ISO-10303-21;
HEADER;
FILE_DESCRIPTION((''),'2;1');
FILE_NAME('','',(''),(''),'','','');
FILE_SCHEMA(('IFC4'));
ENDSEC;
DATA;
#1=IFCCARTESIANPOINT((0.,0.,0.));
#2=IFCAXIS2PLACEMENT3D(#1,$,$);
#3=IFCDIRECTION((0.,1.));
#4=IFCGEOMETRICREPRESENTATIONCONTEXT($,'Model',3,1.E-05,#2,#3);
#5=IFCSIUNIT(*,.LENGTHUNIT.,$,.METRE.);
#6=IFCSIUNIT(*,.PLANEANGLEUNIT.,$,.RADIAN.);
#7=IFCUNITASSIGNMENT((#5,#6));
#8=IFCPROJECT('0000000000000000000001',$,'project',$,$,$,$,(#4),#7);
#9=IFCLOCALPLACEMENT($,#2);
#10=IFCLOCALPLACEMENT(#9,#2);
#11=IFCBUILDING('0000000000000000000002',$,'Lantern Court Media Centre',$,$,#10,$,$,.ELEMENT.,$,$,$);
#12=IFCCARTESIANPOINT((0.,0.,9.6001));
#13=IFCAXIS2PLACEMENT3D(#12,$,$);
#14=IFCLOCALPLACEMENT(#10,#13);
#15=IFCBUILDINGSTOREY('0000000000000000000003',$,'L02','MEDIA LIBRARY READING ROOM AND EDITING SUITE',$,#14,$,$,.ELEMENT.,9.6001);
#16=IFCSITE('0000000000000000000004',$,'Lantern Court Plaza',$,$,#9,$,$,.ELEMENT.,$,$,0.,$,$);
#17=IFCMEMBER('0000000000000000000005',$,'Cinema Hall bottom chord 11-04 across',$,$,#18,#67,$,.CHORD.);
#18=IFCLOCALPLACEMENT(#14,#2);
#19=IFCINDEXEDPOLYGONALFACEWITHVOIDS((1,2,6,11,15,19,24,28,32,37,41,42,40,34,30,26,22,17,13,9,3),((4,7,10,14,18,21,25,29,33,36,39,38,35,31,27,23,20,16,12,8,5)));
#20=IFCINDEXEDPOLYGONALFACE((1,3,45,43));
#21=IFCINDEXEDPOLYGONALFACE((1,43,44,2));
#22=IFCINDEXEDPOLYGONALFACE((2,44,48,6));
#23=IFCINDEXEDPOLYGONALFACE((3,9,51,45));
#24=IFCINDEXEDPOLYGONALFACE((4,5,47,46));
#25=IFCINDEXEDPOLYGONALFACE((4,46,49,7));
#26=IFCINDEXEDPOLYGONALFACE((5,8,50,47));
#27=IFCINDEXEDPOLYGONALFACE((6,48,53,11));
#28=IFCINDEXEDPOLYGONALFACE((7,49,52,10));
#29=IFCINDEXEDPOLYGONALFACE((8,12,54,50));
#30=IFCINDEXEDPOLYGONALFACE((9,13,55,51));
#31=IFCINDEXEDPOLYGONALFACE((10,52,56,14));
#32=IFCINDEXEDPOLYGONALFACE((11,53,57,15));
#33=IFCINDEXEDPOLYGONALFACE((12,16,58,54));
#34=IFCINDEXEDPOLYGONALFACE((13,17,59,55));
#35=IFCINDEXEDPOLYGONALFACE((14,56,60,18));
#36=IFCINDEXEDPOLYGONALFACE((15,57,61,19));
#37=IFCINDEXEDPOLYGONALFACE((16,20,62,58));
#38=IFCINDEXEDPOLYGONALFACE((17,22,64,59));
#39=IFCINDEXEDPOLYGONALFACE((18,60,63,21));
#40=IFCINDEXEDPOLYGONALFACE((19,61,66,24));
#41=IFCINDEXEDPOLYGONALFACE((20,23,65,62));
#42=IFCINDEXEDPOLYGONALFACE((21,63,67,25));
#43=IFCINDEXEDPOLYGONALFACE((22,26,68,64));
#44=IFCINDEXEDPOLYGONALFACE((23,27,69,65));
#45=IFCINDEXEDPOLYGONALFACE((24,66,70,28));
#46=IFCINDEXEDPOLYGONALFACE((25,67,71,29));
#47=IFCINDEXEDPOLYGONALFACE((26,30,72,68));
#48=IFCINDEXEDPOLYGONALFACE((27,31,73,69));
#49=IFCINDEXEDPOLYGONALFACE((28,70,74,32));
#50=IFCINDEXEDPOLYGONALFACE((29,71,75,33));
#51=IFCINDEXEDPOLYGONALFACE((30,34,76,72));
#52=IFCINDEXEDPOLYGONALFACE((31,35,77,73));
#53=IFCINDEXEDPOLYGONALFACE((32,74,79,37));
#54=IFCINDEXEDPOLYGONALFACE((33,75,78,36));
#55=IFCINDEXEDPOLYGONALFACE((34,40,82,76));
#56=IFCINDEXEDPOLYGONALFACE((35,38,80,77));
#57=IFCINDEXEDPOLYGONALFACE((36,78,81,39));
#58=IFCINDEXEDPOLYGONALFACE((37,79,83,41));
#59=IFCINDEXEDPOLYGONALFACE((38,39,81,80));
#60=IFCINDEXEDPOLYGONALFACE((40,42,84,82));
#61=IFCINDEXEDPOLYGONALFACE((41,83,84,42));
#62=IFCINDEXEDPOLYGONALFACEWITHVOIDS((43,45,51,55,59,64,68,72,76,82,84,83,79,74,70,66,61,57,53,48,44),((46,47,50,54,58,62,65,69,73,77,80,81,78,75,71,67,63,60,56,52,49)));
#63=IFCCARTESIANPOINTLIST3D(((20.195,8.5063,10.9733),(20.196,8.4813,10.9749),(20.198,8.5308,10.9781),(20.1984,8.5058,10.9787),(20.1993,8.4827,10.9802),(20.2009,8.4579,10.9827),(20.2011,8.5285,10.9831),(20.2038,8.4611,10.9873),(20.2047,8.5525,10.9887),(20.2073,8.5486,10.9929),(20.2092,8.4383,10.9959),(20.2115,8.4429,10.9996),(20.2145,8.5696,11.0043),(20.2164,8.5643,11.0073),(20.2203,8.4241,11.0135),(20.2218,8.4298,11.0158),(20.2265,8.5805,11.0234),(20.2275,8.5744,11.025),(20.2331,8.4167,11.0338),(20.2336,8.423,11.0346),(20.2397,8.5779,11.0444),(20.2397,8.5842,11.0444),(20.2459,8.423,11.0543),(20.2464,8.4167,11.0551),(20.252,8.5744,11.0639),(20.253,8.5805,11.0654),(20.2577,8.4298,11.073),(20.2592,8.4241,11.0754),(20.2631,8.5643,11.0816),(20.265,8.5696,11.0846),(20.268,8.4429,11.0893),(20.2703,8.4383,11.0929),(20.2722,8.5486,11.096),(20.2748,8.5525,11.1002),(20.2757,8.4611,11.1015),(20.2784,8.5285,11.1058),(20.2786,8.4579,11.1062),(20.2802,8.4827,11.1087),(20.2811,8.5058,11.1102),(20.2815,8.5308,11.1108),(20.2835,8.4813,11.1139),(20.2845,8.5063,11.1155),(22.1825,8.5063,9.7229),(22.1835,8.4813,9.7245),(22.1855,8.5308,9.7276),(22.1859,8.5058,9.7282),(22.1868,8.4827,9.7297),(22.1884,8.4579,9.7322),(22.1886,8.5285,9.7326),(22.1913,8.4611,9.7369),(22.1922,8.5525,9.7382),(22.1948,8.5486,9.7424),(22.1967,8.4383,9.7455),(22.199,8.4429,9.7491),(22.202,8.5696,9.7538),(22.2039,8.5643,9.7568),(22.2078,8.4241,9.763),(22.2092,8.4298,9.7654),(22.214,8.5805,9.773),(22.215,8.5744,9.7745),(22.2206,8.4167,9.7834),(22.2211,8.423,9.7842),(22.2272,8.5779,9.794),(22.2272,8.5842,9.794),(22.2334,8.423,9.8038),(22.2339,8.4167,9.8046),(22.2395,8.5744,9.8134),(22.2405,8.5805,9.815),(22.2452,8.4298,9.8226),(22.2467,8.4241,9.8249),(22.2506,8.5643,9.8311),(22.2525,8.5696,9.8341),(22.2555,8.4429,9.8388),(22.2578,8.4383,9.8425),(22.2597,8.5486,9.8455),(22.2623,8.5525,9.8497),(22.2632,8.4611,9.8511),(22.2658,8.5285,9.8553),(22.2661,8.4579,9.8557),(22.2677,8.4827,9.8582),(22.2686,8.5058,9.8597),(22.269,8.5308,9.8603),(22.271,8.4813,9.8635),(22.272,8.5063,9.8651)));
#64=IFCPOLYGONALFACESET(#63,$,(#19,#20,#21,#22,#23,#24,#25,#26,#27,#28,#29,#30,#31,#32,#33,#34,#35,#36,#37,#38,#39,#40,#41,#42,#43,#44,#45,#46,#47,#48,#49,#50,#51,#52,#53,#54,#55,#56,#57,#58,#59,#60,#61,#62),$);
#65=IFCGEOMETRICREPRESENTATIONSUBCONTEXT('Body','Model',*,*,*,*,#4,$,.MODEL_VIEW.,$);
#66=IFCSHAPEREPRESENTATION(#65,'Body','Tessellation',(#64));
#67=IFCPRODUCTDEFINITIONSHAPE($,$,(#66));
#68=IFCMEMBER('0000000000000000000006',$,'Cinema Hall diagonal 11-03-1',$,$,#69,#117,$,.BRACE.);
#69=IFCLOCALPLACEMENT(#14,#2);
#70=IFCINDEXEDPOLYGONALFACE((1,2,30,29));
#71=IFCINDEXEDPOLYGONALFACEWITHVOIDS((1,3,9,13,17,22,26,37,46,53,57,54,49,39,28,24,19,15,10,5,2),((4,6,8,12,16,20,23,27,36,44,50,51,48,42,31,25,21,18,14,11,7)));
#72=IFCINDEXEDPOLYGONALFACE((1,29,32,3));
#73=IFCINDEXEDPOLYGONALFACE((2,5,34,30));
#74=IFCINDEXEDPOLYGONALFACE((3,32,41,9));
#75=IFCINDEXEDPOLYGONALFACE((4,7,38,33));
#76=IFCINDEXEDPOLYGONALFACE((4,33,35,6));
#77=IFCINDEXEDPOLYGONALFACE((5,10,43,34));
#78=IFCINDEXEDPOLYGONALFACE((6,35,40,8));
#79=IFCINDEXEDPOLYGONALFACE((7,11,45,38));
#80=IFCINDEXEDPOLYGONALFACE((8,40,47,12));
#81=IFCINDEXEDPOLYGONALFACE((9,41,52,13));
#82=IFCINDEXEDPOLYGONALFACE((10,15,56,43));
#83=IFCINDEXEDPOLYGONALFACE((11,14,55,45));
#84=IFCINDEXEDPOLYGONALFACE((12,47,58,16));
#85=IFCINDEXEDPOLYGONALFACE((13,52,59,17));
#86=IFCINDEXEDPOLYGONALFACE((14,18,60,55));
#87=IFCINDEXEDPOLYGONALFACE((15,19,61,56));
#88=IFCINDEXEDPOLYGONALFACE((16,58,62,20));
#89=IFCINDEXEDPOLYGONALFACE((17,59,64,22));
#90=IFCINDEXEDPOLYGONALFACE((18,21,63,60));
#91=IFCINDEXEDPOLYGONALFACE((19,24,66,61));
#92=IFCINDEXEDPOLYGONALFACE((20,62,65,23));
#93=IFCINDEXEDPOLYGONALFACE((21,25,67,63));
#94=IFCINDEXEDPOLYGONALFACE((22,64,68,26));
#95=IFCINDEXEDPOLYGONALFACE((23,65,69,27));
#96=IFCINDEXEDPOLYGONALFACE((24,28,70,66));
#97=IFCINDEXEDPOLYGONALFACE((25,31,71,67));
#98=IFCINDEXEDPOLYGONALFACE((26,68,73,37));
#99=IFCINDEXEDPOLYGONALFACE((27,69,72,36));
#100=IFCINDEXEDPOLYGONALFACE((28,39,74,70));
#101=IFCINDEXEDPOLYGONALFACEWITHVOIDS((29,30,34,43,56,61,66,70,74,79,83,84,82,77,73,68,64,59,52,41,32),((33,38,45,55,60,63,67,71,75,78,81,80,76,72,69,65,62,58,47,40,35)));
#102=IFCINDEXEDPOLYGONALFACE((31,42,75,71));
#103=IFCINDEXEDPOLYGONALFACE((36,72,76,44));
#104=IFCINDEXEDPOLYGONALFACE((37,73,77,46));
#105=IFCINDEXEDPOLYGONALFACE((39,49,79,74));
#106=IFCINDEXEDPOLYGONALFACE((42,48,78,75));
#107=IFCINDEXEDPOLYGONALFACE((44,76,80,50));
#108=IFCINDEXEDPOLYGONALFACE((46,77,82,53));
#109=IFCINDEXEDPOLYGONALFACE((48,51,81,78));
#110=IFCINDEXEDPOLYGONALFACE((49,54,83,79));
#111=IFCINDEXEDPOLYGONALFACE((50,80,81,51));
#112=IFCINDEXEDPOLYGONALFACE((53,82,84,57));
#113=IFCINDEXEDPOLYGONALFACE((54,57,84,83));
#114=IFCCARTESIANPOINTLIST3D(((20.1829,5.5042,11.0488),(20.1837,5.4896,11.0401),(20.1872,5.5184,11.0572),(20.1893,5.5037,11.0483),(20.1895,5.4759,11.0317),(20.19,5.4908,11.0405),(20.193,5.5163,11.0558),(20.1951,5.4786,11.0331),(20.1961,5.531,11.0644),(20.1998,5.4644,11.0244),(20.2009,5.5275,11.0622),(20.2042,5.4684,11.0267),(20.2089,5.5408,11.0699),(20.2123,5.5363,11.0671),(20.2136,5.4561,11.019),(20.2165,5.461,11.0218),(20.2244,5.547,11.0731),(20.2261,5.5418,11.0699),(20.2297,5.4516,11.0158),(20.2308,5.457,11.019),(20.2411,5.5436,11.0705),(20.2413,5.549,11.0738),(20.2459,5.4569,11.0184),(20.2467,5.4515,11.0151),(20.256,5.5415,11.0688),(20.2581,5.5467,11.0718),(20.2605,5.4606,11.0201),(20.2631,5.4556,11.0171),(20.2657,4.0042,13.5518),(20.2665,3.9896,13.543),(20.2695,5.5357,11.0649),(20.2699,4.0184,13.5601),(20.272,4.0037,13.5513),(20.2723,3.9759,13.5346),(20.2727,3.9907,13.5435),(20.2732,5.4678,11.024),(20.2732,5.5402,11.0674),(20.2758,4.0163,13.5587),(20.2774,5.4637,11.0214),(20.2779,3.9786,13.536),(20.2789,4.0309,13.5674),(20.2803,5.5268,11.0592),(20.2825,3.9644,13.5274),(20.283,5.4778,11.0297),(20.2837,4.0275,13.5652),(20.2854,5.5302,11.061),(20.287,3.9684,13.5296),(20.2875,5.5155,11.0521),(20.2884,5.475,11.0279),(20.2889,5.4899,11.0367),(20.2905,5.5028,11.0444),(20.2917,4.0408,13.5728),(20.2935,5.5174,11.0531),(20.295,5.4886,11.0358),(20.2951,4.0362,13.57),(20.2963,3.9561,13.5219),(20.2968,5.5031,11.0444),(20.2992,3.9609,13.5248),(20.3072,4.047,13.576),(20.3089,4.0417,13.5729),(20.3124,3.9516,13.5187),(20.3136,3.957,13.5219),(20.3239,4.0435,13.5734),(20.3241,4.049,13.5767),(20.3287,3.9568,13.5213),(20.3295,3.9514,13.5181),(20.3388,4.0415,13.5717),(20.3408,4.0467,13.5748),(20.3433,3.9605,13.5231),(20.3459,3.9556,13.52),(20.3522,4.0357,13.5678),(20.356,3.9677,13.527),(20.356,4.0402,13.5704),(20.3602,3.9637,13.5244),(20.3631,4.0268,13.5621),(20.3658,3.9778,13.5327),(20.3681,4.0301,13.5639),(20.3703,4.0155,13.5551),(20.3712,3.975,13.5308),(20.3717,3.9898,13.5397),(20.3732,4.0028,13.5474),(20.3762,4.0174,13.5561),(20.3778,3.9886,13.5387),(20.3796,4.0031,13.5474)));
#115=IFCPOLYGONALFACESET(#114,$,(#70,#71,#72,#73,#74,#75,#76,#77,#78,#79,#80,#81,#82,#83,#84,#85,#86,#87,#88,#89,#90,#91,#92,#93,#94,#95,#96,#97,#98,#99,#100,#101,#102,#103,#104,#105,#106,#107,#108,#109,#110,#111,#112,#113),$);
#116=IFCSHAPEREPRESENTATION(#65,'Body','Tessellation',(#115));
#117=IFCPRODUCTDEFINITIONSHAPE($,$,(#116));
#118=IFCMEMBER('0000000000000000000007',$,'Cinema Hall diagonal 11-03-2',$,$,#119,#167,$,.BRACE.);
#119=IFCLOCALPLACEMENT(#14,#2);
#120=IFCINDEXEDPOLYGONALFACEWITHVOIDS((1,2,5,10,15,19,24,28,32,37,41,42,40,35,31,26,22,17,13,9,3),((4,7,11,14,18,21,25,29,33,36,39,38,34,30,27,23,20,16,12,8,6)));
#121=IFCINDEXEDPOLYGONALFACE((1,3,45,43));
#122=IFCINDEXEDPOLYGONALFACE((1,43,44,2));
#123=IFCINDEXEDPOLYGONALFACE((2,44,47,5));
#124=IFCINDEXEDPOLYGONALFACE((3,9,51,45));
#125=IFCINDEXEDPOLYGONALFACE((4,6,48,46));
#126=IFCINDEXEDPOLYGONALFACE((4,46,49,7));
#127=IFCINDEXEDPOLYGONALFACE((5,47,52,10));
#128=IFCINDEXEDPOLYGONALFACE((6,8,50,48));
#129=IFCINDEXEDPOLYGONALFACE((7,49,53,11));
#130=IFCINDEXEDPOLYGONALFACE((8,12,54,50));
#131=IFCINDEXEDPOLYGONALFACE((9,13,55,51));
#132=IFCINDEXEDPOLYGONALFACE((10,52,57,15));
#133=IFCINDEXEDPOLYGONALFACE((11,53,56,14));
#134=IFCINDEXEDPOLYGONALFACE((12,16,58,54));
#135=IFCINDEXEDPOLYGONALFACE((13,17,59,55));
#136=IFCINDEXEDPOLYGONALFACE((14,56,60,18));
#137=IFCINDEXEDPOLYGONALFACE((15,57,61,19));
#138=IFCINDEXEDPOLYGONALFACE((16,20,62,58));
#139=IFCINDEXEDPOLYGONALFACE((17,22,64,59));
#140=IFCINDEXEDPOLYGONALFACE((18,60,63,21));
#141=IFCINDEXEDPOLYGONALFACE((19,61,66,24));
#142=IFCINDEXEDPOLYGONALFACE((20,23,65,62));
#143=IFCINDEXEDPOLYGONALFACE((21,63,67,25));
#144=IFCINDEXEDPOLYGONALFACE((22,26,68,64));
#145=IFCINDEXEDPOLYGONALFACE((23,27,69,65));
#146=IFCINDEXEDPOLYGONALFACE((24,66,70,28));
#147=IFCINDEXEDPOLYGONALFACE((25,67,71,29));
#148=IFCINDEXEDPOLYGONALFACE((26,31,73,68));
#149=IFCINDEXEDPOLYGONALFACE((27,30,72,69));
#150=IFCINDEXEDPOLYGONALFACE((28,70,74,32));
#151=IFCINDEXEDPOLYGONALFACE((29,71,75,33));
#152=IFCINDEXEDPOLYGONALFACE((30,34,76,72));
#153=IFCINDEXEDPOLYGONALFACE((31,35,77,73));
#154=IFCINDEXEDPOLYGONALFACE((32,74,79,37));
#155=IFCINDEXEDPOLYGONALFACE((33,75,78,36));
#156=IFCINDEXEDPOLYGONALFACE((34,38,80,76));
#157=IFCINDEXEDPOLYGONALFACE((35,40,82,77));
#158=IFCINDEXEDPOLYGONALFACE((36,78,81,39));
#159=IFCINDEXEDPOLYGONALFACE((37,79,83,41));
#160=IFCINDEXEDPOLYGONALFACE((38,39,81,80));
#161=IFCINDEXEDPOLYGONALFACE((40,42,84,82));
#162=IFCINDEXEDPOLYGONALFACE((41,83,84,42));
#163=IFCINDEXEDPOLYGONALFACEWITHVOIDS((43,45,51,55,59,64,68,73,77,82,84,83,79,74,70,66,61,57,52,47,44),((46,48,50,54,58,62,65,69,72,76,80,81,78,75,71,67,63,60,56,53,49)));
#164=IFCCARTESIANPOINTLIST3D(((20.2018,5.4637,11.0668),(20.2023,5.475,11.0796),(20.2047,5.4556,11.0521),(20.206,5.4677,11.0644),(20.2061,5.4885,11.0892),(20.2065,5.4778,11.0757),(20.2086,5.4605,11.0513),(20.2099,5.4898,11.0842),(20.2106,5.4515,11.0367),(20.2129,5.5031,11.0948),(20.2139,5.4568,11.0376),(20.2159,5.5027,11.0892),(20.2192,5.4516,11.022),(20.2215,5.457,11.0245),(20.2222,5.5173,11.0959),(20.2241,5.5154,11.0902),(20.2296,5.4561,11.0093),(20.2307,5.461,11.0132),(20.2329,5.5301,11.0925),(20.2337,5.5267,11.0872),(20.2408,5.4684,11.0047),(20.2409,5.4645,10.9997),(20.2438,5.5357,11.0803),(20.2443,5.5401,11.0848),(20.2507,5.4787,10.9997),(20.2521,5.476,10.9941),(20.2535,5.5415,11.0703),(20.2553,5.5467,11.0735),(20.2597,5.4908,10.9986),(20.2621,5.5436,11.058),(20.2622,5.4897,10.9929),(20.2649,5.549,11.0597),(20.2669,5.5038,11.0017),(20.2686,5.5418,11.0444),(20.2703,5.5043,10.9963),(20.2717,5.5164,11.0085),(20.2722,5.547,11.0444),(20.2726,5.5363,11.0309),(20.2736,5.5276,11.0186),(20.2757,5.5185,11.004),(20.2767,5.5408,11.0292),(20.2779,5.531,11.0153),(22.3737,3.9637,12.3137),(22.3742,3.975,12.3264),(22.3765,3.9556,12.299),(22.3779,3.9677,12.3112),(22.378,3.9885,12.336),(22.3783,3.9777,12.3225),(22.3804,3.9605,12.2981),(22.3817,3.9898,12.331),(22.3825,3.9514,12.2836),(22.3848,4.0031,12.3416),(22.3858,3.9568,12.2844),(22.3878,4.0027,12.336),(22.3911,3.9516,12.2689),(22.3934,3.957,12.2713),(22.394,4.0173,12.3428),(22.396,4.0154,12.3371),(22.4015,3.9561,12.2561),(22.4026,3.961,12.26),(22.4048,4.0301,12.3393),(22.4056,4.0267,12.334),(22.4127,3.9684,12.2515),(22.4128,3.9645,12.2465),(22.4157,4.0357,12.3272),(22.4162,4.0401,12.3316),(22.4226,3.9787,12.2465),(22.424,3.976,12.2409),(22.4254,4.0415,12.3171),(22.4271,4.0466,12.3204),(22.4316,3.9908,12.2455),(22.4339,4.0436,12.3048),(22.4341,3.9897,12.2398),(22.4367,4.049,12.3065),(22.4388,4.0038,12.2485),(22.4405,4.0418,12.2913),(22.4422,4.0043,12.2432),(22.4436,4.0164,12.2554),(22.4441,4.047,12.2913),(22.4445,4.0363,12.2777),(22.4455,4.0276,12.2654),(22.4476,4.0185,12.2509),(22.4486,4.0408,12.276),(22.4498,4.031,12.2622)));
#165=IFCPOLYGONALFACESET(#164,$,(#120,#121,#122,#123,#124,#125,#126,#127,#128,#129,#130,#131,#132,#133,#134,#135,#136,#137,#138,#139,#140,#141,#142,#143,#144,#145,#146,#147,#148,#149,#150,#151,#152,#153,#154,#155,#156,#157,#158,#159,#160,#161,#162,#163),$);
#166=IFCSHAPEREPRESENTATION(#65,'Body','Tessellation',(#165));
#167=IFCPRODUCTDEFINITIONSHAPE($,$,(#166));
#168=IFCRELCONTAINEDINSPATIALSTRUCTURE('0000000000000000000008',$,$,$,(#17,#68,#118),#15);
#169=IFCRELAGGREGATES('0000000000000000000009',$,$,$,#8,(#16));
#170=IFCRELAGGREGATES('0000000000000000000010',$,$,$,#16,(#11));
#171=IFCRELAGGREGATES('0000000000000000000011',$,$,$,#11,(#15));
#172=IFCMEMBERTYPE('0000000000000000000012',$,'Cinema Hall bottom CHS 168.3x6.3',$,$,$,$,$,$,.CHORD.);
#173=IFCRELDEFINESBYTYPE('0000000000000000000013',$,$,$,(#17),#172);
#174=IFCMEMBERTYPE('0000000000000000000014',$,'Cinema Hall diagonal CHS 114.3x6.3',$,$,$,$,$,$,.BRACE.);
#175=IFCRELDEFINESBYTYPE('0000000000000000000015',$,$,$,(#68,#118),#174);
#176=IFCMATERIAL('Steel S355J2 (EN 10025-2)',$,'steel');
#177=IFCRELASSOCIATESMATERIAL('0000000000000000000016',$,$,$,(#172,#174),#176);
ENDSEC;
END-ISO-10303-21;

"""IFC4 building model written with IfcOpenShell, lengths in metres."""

from ifc_helpers import new_model, si_unit, direction, frame, origin, origin_2d, place, context, subcontext, project, spatial, hollow_circle, extrude, material, material_profile, profile_set, type_object, element, save


model = new_model("IFC4")

# Units and contexts
model_context = context("Model", 3, precision=1e-05, world=origin(), true_north=direction((0.0, 1.0)))
body_context = subcontext(model_context, "Body", "Model", "MODEL_VIEW")
ifc_project = project(units=[si_unit("LENGTHUNIT", "METRE"), si_unit("PLANEANGLEUNIT", "RADIAN")], contexts=[model_context])

# Site, building, storey
site_placement = place(None, origin())
site = spatial("IfcSite", under=ifc_project, at=site_placement, Name="Lantern Court Plaza", CompositionType="ELEMENT", RefElevation=0.0)
building_placement = place(site_placement, origin())
building = spatial("IfcBuilding", under=site, at=building_placement, Name="Lantern Court Media Centre", CompositionType="ELEMENT")
storey_placement = place(building_placement, frame((0.0, 0.0, 9.6001)))
storey = spatial("IfcBuildingStorey", under=building, at=storey_placement, Name="L02", Description="MEDIA LIBRARY READING ROOM AND EDITING SUITE", CompositionType="ELEMENT", Elevation=9.6001)

# Members
ifc_material = material(Name="Steel S355J2 (EN 10025-2)", Category="steel")
ifc_material_profile_1 = material_profile(ifc_material, hollow_circle(Radius=0.0842, WallThickness=0.0063, at=origin_2d()), Name="Cinema Hall bottom CHS 168.3x6.3")
ifc_profile_set_1 = profile_set([ifc_material_profile_1], Name="Steel S355J2 (EN 10025-2)")
member_type_1 = type_object("IfcMemberType", Name="Cinema Hall bottom CHS 168.3x6.3", PredefinedType="CHORD", material=ifc_profile_set_1)
for number, where, z_axis, x_axis, name in (
    (1, (20.2397, 8.5, 11.0444), (0.846412, 0.0, -0.532529), (0.0, 1.0, 0.0), "Cinema Hall bottom chord 11-04 across"),
):
    element("IfcMember", number, at=place(storey_placement, frame(where, z_axis=z_axis, x_axis=x_axis)), inside=storey, type_object=member_type_1, Name=name, PredefinedType="CHORD", context=body_context, shape_type="SweptSolid", body=[
        extrude(hollow_circle(Radius=0.0842, WallThickness=0.0063, at=origin_2d()), origin(), (0.0, 0.0, 1.0), 2.3481),
    ])
ifc_material_profile_2 = material_profile(ifc_material, hollow_circle(Radius=0.0571, WallThickness=0.0063, at=origin_2d()), Name="Cinema Hall diagonal CHS 114.3x6.3")
ifc_profile_set_2 = profile_set([ifc_material_profile_2], Name="Steel S355J2 (EN 10025-2)")
member_type_2 = type_object("IfcMemberType", Name="Cinema Hall diagonal CHS 114.3x6.3", PredefinedType="BRACE", material=ifc_profile_set_2)
for number, where, z_axis, x_axis, name in (
    (2, (20.2397, 5.5, 11.0444), (0.028352, -0.513846, 0.857414), (0.998481, 0.055092, 0.0), "Cinema Hall diagonal 11-03-1"),
    (3, (20.2397, 5.5, 11.0444), (0.744002, -0.513843, 0.427115), (0.568286, 0.822831, 0.0), "Cinema Hall diagonal 11-03-2"),
):
    element("IfcMember", number, at=place(storey_placement, frame(where, z_axis=z_axis, x_axis=x_axis)), inside=storey, type_object=member_type_2, Name=name, PredefinedType="BRACE", context=body_context, shape_type="SweptSolid", body=[
        extrude(hollow_circle(Radius=0.0571, WallThickness=0.0063, at=origin_2d()), origin(), (0.0, 0.0, 1.0), 2.9192),
    ])

save(model, "model.ifc")
